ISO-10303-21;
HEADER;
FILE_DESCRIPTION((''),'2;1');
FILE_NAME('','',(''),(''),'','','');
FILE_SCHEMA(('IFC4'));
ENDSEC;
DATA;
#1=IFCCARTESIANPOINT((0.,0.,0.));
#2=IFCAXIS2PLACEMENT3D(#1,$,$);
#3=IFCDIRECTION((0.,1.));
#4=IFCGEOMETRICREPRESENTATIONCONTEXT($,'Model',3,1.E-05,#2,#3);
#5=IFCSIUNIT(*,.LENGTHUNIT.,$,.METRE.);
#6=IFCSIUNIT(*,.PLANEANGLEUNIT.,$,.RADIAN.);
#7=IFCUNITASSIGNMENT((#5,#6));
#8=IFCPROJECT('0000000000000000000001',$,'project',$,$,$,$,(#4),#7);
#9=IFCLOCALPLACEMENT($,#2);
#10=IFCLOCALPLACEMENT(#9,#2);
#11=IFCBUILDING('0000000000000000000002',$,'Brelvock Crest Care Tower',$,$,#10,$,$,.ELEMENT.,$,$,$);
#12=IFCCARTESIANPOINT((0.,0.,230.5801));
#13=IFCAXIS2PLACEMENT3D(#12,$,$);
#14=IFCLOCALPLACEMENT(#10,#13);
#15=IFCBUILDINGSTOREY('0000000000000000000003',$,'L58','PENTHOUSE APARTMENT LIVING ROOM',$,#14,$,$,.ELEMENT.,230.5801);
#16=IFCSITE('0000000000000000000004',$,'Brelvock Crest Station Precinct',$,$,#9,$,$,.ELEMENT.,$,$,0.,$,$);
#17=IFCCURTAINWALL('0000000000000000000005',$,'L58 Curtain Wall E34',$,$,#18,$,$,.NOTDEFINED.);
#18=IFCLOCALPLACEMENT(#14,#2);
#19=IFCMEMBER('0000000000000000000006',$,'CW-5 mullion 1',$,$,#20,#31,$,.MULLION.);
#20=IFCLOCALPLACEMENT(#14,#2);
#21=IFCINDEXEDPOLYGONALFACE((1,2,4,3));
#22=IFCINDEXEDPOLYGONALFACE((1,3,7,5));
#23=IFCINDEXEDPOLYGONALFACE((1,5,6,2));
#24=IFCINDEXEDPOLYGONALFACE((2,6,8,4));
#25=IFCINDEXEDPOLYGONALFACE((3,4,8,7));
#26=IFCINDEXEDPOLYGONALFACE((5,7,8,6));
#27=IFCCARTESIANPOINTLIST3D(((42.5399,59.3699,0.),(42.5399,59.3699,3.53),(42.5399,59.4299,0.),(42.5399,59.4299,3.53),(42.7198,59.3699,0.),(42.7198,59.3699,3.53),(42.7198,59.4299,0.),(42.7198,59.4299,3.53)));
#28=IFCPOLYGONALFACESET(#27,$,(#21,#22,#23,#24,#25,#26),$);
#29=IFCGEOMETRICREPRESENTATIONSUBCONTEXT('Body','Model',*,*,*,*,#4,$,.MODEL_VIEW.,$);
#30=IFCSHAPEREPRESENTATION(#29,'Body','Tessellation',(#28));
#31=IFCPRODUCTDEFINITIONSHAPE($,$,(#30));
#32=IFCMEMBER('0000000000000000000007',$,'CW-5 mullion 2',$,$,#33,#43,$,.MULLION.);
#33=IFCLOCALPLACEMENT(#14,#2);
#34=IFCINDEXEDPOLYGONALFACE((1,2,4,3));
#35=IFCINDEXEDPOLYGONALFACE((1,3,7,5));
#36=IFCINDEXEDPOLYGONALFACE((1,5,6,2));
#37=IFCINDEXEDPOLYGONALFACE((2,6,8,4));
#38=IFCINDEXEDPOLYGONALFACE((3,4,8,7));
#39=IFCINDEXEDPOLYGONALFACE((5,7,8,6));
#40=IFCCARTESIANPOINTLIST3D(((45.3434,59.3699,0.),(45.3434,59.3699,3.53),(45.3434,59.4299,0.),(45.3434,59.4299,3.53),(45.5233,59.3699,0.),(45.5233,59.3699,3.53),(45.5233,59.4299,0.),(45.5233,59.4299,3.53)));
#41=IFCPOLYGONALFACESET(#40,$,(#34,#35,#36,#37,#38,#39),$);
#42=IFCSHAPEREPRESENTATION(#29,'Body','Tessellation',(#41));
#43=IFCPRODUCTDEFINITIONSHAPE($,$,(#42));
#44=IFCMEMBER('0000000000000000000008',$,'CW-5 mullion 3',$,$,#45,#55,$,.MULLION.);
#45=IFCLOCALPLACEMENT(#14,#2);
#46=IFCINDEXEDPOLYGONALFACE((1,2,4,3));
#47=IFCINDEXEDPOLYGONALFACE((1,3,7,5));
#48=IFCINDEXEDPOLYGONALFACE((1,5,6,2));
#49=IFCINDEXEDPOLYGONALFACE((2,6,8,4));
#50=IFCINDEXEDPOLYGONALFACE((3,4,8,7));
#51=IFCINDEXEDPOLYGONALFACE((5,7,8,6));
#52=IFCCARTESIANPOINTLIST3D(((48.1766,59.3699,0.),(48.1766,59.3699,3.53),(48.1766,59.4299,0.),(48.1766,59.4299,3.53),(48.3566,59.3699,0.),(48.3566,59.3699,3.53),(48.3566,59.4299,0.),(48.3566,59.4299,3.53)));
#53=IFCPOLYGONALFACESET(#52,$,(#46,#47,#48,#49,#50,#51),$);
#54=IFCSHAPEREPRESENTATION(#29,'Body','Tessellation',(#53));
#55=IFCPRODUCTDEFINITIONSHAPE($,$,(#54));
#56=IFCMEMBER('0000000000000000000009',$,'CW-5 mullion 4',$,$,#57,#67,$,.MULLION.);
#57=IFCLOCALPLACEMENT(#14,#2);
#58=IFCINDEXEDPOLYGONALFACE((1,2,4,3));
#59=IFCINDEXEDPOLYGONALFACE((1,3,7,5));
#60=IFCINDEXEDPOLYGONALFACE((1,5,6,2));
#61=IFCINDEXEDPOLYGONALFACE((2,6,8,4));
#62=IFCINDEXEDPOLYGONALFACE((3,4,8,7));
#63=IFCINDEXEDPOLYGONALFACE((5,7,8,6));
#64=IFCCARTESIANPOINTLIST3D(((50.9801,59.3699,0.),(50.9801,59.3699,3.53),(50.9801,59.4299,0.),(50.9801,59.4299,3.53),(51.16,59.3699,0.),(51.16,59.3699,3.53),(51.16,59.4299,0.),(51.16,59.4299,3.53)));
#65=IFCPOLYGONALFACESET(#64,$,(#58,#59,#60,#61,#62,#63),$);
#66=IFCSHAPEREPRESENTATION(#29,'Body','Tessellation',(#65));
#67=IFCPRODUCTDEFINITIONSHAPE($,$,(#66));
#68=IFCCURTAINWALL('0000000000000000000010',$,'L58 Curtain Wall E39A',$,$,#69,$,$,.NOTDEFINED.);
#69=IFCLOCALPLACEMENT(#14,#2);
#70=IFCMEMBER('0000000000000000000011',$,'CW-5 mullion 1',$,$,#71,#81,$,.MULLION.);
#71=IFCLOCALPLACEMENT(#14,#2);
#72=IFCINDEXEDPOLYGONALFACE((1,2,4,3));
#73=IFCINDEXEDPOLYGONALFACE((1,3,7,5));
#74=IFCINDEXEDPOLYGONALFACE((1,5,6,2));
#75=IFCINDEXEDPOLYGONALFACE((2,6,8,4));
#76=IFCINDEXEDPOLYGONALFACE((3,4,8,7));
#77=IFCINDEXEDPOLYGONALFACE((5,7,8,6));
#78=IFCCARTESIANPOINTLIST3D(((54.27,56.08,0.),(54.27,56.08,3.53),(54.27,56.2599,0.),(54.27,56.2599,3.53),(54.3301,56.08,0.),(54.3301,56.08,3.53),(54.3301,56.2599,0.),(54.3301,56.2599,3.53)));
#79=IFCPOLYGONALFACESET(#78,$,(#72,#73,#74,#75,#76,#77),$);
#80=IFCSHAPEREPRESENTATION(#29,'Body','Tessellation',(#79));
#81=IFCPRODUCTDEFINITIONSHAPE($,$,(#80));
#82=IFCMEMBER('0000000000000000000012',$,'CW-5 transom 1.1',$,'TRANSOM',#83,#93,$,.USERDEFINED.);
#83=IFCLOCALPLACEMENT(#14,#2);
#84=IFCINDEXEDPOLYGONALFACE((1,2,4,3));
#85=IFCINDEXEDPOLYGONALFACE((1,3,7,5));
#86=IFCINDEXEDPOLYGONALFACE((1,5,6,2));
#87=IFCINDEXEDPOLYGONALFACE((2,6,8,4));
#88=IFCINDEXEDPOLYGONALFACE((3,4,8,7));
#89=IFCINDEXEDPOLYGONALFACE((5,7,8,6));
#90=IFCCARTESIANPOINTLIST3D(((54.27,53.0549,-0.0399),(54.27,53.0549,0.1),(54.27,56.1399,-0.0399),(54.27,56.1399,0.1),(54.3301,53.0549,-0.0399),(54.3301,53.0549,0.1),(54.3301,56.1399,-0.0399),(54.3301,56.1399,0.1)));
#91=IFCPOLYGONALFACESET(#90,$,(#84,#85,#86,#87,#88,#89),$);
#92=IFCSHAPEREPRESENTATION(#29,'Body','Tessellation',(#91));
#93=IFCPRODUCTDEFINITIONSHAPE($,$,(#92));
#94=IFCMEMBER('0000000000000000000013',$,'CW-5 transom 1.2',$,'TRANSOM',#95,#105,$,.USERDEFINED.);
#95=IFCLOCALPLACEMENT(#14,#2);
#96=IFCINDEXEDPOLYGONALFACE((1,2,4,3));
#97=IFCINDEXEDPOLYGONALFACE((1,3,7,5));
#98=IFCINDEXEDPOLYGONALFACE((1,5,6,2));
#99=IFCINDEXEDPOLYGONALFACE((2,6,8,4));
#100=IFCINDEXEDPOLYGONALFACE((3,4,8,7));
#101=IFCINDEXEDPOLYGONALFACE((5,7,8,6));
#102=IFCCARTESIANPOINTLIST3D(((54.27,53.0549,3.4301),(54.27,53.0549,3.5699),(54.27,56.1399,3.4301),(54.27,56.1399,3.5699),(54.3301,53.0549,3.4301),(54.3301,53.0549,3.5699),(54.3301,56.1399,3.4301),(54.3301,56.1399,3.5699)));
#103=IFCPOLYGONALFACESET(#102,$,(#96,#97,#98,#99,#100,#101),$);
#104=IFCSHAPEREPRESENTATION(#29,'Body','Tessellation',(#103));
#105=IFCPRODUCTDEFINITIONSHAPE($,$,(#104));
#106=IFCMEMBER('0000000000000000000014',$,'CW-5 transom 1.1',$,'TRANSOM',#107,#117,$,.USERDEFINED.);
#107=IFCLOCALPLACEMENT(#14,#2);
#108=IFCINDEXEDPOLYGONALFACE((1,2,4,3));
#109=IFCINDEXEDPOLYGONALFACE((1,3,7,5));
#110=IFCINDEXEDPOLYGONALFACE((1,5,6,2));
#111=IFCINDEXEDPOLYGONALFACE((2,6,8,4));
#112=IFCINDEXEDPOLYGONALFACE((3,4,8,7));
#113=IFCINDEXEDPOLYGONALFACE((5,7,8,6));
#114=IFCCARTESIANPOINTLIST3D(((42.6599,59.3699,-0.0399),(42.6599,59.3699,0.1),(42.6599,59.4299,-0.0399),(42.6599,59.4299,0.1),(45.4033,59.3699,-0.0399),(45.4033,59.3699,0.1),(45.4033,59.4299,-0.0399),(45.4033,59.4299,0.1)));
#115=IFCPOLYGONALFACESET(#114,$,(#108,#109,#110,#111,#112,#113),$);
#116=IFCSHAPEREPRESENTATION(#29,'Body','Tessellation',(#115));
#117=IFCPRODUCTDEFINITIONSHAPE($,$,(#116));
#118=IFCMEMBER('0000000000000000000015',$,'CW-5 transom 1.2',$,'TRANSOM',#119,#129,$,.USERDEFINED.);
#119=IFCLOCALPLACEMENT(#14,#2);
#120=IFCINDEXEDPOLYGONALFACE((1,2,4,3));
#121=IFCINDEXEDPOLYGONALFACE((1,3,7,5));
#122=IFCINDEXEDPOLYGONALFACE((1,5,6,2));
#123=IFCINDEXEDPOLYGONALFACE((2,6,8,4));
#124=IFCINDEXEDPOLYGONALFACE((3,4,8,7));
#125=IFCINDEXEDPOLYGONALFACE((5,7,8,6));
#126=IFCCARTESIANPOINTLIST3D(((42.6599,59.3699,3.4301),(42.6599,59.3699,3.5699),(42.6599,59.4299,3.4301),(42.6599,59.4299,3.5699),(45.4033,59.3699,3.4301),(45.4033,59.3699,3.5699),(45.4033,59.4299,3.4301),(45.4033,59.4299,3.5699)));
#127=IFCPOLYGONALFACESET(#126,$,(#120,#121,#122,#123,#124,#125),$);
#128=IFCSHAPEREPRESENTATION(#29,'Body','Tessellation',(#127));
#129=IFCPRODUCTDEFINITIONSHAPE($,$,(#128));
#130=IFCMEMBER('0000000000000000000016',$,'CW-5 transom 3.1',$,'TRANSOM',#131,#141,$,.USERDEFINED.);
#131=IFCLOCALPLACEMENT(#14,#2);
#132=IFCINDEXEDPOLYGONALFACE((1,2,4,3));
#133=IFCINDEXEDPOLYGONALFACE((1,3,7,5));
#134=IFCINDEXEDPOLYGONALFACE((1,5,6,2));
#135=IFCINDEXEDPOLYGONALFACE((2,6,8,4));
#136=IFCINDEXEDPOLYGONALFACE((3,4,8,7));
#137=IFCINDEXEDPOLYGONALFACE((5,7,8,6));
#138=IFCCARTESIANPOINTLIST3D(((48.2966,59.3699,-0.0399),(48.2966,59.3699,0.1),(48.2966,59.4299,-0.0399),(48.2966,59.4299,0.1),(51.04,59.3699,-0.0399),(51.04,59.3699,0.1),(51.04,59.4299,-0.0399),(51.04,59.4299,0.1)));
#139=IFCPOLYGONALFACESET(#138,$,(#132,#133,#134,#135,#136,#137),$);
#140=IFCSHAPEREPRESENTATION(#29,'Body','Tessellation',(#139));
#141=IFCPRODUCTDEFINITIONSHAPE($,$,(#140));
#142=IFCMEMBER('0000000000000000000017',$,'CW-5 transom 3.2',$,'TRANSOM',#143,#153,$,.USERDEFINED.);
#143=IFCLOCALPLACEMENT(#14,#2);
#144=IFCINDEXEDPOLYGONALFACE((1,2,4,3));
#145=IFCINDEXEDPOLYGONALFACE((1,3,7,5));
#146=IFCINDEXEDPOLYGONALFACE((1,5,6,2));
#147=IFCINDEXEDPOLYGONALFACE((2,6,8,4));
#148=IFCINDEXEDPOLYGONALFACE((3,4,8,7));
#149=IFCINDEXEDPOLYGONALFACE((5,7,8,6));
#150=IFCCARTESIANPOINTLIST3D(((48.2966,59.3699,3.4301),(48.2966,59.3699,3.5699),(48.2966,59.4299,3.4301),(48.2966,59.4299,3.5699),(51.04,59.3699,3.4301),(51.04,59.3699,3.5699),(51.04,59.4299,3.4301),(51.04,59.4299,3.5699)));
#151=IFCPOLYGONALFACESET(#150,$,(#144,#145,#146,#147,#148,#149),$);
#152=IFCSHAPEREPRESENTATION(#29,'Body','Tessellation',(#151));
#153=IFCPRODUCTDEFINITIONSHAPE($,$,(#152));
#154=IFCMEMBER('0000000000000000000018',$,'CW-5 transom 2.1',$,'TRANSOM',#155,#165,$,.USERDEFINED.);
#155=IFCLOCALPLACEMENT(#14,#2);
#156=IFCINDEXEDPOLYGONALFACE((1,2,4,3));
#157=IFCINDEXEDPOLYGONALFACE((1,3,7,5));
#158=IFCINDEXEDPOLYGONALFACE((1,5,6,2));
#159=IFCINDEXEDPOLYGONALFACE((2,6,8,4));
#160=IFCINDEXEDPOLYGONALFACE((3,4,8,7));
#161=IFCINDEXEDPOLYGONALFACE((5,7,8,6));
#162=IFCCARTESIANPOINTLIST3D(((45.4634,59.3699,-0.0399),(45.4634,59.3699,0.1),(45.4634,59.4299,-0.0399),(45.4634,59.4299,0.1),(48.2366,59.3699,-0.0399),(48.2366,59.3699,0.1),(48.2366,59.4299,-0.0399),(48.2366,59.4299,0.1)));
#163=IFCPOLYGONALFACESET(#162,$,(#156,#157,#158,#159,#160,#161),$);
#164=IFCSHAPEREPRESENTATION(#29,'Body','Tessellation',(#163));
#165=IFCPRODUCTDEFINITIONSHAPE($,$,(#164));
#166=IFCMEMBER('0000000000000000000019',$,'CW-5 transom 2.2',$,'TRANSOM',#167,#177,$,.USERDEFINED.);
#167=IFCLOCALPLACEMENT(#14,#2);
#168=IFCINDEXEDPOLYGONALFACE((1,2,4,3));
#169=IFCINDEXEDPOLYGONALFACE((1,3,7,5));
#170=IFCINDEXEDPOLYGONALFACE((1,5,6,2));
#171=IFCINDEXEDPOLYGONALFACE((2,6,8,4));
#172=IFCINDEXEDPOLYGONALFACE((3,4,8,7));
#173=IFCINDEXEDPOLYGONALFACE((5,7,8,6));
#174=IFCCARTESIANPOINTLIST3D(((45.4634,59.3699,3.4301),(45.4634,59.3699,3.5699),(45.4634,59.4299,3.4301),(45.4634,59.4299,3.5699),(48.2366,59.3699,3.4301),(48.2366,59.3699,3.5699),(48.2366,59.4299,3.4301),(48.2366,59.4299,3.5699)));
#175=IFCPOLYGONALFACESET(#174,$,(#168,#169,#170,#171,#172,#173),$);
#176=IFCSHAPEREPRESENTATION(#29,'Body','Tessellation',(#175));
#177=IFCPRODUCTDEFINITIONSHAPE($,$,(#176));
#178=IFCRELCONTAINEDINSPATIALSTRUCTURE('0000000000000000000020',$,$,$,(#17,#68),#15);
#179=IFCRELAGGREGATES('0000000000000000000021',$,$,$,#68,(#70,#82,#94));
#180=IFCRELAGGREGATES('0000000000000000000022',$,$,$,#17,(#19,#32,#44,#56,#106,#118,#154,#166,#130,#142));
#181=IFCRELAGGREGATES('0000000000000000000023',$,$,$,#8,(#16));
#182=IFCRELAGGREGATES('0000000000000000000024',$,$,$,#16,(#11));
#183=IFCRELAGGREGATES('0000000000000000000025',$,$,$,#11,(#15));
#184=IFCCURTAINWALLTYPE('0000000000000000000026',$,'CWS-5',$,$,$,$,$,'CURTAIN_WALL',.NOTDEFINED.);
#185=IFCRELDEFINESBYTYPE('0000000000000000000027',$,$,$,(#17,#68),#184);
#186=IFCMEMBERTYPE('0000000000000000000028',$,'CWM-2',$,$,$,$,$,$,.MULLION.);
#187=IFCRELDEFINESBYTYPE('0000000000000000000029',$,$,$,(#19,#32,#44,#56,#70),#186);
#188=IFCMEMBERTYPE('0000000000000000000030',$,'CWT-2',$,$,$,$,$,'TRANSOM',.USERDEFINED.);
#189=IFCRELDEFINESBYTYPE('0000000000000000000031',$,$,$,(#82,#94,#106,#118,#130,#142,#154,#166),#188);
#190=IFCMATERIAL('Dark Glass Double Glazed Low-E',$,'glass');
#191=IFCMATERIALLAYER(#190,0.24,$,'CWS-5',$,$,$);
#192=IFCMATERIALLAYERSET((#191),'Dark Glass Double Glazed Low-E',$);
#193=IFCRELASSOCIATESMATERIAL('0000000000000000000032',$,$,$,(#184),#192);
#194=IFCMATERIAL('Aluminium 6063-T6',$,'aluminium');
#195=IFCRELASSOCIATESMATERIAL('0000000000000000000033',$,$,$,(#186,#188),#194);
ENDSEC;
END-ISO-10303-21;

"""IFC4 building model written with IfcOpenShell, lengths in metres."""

from ifc_helpers import new_model, si_unit, direction, frame, origin, origin_2d, place, context, subcontext, project, spatial, rectangle, extrude, source, transform, mapped, material, layer, layer_set, material_profile, profile_set, type_object, element, aggregate, save


model = new_model("IFC4")

# Units and contexts
model_context = context("Model", 3, precision=1e-05, world=origin(), true_north=direction((0.0, 1.0)))
body_context = subcontext(model_context, "Body", "Model", "MODEL_VIEW")
ifc_project = project(units=[si_unit("LENGTHUNIT", "METRE"), si_unit("PLANEANGLEUNIT", "RADIAN")], contexts=[model_context])

# Site, building, storey
site_placement = place(None, origin())
site = spatial("IfcSite", under=ifc_project, at=site_placement, Name="Brelvock Crest Station Precinct", CompositionType="ELEMENT", RefElevation=0.0)
building_placement = place(site_placement, origin())
building = spatial("IfcBuilding", under=site, at=building_placement, Name="Brelvock Crest Care Tower", CompositionType="ELEMENT")
storey_placement = place(building_placement, frame((0.0, 0.0, 230.5801)))
storey = spatial("IfcBuildingStorey", under=building, at=storey_placement, Name="L58", Description="PENTHOUSE APARTMENT LIVING ROOM", CompositionType="ELEMENT", Elevation=230.5801)

# Curtain walls, members
ifc_material_1 = material(Name="Dark Glass Double Glazed Low-E", Category="glass")
ifc_layer_1 = layer(ifc_material_1, 0.24, Name="CWS-5")
ifc_layer_set_1 = layer_set([ifc_layer_1], Name="Dark Glass Double Glazed Low-E")
curtain_wall_type = type_object("IfcCurtainWallType", Name="CWS-5", ElementType="CURTAIN_WALL", PredefinedType="NOTDEFINED", material=ifc_layer_set_1)
curtain_wall_1_placement = place(storey_placement, origin())
curtain_wall_1 = element("IfcCurtainWall", 1, at=curtain_wall_1_placement, inside=storey, type_object=curtain_wall_type, Name="L58 Curtain Wall E34", PredefinedType="NOTDEFINED")
ifc_material_2 = material(Name="Aluminium 6063-T6", Category="aluminium")
ifc_material_profile_1 = material_profile(ifc_material_2, rectangle(XDim=0.0601, YDim=0.1799, at=origin_2d()), Name="ALU60x180")
ifc_profile_set_1 = profile_set([ifc_material_profile_1], Name="Aluminium 6063-T6")
member_type_1 = type_object("IfcMemberType", Name="CWM-2", PredefinedType="MULLION", material=ifc_profile_set_1)
shared_shape_1 = source(origin(), body_context, "Body", "SweptSolid", [
    extrude(rectangle(XDim=0.0601, YDim=0.1799, at=origin_2d()), origin(), (0.0, 0.0, 1.0), 3.53),
])
member_1_placement = place(storey_placement, frame((42.6299, 59.3999, 0.0), z_axis=(0.0, 0.0, 1.0), x_axis=(0.0, 1.0, 0.0)))
member_1 = element("IfcMember", 2, at=member_1_placement, type_object=member_type_1, Name="CW-5 mullion 1", PredefinedType="MULLION", context=body_context, shape_type="MappedRepresentation", body=[
    mapped(shared_shape_1, transform((0.0, 0.0, 0.0), x_axis=(1.0, 0.0, 0.0), y_axis=(0.0, 1.0, 0.0), z_axis=(0.0, 0.0, 1.0), scale=1.0)),
])
member_2_placement = place(storey_placement, frame((45.4333, 59.3999, 0.0), z_axis=(0.0, 0.0, 1.0), x_axis=(0.0, 1.0, 0.0)))
member_2 = element("IfcMember", 3, at=member_2_placement, type_object=member_type_1, Name="CW-5 mullion 2", PredefinedType="MULLION", context=body_context, shape_type="MappedRepresentation", body=[
    mapped(shared_shape_1, transform((0.0, 0.0, 0.0), x_axis=(1.0, 0.0, 0.0), y_axis=(0.0, 1.0, 0.0), z_axis=(0.0, 0.0, 1.0), scale=1.0)),
])
member_3_placement = place(storey_placement, frame((48.2666, 59.3999, 0.0), z_axis=(0.0, 0.0, 1.0), x_axis=(0.0, 1.0, 0.0)))
member_3 = element("IfcMember", 4, at=member_3_placement, type_object=member_type_1, Name="CW-5 mullion 3", PredefinedType="MULLION", context=body_context, shape_type="MappedRepresentation", body=[
    mapped(shared_shape_1, transform((0.0, 0.0, 0.0), x_axis=(1.0, 0.0, 0.0), y_axis=(0.0, 1.0, 0.0), z_axis=(0.0, 0.0, 1.0), scale=1.0)),
])
member_4_placement = place(storey_placement, frame((51.0701, 59.3999, 0.0), z_axis=(0.0, 0.0, 1.0), x_axis=(0.0, 1.0, 0.0)))
member_4 = element("IfcMember", 5, at=member_4_placement, type_object=member_type_1, Name="CW-5 mullion 4", PredefinedType="MULLION", context=body_context, shape_type="MappedRepresentation", body=[
    mapped(shared_shape_1, transform((0.0, 0.0, 0.0), x_axis=(1.0, 0.0, 0.0), y_axis=(0.0, 1.0, 0.0), z_axis=(0.0, 0.0, 1.0), scale=1.0)),
])
curtain_wall_2_placement = place(storey_placement, origin())
curtain_wall_2 = element("IfcCurtainWall", 6, at=curtain_wall_2_placement, inside=storey, type_object=curtain_wall_type, Name="L58 Curtain Wall E39A", PredefinedType="NOTDEFINED")
member_5_placement = place(storey_placement, frame((54.3, 56.1699, 0.0), z_axis=(0.0, 0.0, 1.0), x_axis=(1.0, 0.0, 0.0)))
member_5 = element("IfcMember", 7, at=member_5_placement, type_object=member_type_1, Name="CW-5 mullion 1", PredefinedType="MULLION", context=body_context, shape_type="MappedRepresentation", body=[
    mapped(shared_shape_1, transform((0.0, 0.0, 0.0), x_axis=(1.0, 0.0, 0.0), y_axis=(0.0, 1.0, 0.0), z_axis=(0.0, 0.0, 1.0), scale=1.0)),
])
ifc_material_profile_2 = material_profile(ifc_material_2, rectangle(XDim=0.0601, YDim=0.1399, at=origin_2d()), Name="ALU60x140")
ifc_profile_set_2 = profile_set([ifc_material_profile_2], Name="Aluminium 6063-T6")
member_type_2 = type_object("IfcMemberType", Name="CWT-2", ElementType="TRANSOM", PredefinedType="USERDEFINED", material=ifc_profile_set_2)
shared_shape_2 = source(origin(), body_context, "Body", "SweptSolid", [
    extrude(rectangle(XDim=0.0601, YDim=0.1399, at=origin_2d()), origin(), (0.0, 0.0, 1.0), 3.085),
])
member_6_placement = place(storey_placement, frame((54.3, 56.1399, 0.03), z_axis=(0.0, -1.0, 0.0), x_axis=(1.0, 0.0, 0.0)))
member_6 = element("IfcMember", 8, at=member_6_placement, type_object=member_type_2, Name="CW-5 transom 1.1", ObjectType="TRANSOM", PredefinedType="USERDEFINED", context=body_context, shape_type="MappedRepresentation", body=[
    mapped(shared_shape_2, transform((0.0, 0.0, 0.0), x_axis=(1.0, 0.0, 0.0), y_axis=(0.0, 1.0, 0.0), z_axis=(0.0, 0.0, 1.0), scale=1.0)),
])
member_7_placement = place(storey_placement, frame((54.3, 56.1399, 3.5), z_axis=(0.0, -1.0, 0.0), x_axis=(1.0, 0.0, 0.0)))
member_7 = element("IfcMember", 9, at=member_7_placement, type_object=member_type_2, Name="CW-5 transom 1.2", ObjectType="TRANSOM", PredefinedType="USERDEFINED", context=body_context, shape_type="MappedRepresentation", body=[
    mapped(shared_shape_2, transform((0.0, 0.0, 0.0), x_axis=(1.0, 0.0, 0.0), y_axis=(0.0, 1.0, 0.0), z_axis=(0.0, 0.0, 1.0), scale=1.0)),
])

# Members
shared_shape_3 = source(origin(), body_context, "Body", "SweptSolid", [
    extrude(rectangle(XDim=0.0601, YDim=0.1399, at=origin_2d()), origin(), (0.0, 0.0, 1.0), 2.7434),
])
member_8_placement = place(storey_placement, frame((42.6599, 59.3999, 0.03), z_axis=(1.0, 0.0, 0.0), x_axis=(0.0, 1.0, 0.0)))
member_8 = element("IfcMember", 10, at=member_8_placement, type_object=member_type_2, Name="CW-5 transom 1.1", ObjectType="TRANSOM", PredefinedType="USERDEFINED", context=body_context, shape_type="MappedRepresentation", body=[
    mapped(shared_shape_3, transform((0.0, 0.0, 0.0), x_axis=(1.0, 0.0, 0.0), y_axis=(0.0, 1.0, 0.0), z_axis=(0.0, 0.0, 1.0), scale=1.0)),
])
member_9_placement = place(storey_placement, frame((42.6599, 59.3999, 3.5), z_axis=(1.0, 0.0, 0.0), x_axis=(0.0, 1.0, 0.0)))
member_9 = element("IfcMember", 11, at=member_9_placement, type_object=member_type_2, Name="CW-5 transom 1.2", ObjectType="TRANSOM", PredefinedType="USERDEFINED", context=body_context, shape_type="MappedRepresentation", body=[
    mapped(shared_shape_3, transform((0.0, 0.0, 0.0), x_axis=(1.0, 0.0, 0.0), y_axis=(0.0, 1.0, 0.0), z_axis=(0.0, 0.0, 1.0), scale=1.0)),
])
member_10_placement = place(storey_placement, frame((48.2966, 59.3999, 0.03), z_axis=(1.0, 0.0, 0.0), x_axis=(0.0, 1.0, 0.0)))
member_10 = element("IfcMember", 12, at=member_10_placement, type_object=member_type_2, Name="CW-5 transom 3.1", ObjectType="TRANSOM", PredefinedType="USERDEFINED", context=body_context, shape_type="MappedRepresentation", body=[
    mapped(shared_shape_3, transform((0.0, 0.0, 0.0), x_axis=(1.0, 0.0, 0.0), y_axis=(0.0, 1.0, 0.0), z_axis=(0.0, 0.0, 1.0), scale=1.0)),
])
member_11_placement = place(storey_placement, frame((48.2966, 59.3999, 3.5), z_axis=(1.0, 0.0, 0.0), x_axis=(0.0, 1.0, 0.0)))
member_11 = element("IfcMember", 13, at=member_11_placement, type_object=member_type_2, Name="CW-5 transom 3.2", ObjectType="TRANSOM", PredefinedType="USERDEFINED", context=body_context, shape_type="MappedRepresentation", body=[
    mapped(shared_shape_3, transform((0.0, 0.0, 0.0), x_axis=(1.0, 0.0, 0.0), y_axis=(0.0, 1.0, 0.0), z_axis=(0.0, 0.0, 1.0), scale=1.0)),
])
shared_shape_4 = source(origin(), body_context, "Body", "SweptSolid", [
    extrude(rectangle(XDim=0.0601, YDim=0.1399, at=origin_2d()), origin(), (0.0, 0.0, 1.0), 2.7732),
])
member_12_placement = place(storey_placement, frame((45.4634, 59.3999, 0.03), z_axis=(1.0, 0.0, 0.0), x_axis=(0.0, 1.0, 0.0)))
member_12 = element("IfcMember", 14, at=member_12_placement, type_object=member_type_2, Name="CW-5 transom 2.1", ObjectType="TRANSOM", PredefinedType="USERDEFINED", context=body_context, shape_type="MappedRepresentation", body=[
    mapped(shared_shape_4, transform((0.0, 0.0, 0.0), x_axis=(1.0, 0.0, 0.0), y_axis=(0.0, 1.0, 0.0), z_axis=(0.0, 0.0, 1.0), scale=1.0)),
])
member_13_placement = place(storey_placement, frame((45.4634, 59.3999, 3.5), z_axis=(1.0, 0.0, 0.0), x_axis=(0.0, 1.0, 0.0)))
member_13 = element("IfcMember", 15, at=member_13_placement, type_object=member_type_2, Name="CW-5 transom 2.2", ObjectType="TRANSOM", PredefinedType="USERDEFINED", context=body_context, shape_type="MappedRepresentation", body=[
    mapped(shared_shape_4, transform((0.0, 0.0, 0.0), x_axis=(1.0, 0.0, 0.0), y_axis=(0.0, 1.0, 0.0), z_axis=(0.0, 0.0, 1.0), scale=1.0)),
])

aggregate(curtain_wall_2, [member_5, member_6, member_7])
aggregate(curtain_wall_1, [member_1, member_2, member_3, member_4, member_8, member_9, member_12, member_13, member_10, member_11])

save(model, "model.ifc")
